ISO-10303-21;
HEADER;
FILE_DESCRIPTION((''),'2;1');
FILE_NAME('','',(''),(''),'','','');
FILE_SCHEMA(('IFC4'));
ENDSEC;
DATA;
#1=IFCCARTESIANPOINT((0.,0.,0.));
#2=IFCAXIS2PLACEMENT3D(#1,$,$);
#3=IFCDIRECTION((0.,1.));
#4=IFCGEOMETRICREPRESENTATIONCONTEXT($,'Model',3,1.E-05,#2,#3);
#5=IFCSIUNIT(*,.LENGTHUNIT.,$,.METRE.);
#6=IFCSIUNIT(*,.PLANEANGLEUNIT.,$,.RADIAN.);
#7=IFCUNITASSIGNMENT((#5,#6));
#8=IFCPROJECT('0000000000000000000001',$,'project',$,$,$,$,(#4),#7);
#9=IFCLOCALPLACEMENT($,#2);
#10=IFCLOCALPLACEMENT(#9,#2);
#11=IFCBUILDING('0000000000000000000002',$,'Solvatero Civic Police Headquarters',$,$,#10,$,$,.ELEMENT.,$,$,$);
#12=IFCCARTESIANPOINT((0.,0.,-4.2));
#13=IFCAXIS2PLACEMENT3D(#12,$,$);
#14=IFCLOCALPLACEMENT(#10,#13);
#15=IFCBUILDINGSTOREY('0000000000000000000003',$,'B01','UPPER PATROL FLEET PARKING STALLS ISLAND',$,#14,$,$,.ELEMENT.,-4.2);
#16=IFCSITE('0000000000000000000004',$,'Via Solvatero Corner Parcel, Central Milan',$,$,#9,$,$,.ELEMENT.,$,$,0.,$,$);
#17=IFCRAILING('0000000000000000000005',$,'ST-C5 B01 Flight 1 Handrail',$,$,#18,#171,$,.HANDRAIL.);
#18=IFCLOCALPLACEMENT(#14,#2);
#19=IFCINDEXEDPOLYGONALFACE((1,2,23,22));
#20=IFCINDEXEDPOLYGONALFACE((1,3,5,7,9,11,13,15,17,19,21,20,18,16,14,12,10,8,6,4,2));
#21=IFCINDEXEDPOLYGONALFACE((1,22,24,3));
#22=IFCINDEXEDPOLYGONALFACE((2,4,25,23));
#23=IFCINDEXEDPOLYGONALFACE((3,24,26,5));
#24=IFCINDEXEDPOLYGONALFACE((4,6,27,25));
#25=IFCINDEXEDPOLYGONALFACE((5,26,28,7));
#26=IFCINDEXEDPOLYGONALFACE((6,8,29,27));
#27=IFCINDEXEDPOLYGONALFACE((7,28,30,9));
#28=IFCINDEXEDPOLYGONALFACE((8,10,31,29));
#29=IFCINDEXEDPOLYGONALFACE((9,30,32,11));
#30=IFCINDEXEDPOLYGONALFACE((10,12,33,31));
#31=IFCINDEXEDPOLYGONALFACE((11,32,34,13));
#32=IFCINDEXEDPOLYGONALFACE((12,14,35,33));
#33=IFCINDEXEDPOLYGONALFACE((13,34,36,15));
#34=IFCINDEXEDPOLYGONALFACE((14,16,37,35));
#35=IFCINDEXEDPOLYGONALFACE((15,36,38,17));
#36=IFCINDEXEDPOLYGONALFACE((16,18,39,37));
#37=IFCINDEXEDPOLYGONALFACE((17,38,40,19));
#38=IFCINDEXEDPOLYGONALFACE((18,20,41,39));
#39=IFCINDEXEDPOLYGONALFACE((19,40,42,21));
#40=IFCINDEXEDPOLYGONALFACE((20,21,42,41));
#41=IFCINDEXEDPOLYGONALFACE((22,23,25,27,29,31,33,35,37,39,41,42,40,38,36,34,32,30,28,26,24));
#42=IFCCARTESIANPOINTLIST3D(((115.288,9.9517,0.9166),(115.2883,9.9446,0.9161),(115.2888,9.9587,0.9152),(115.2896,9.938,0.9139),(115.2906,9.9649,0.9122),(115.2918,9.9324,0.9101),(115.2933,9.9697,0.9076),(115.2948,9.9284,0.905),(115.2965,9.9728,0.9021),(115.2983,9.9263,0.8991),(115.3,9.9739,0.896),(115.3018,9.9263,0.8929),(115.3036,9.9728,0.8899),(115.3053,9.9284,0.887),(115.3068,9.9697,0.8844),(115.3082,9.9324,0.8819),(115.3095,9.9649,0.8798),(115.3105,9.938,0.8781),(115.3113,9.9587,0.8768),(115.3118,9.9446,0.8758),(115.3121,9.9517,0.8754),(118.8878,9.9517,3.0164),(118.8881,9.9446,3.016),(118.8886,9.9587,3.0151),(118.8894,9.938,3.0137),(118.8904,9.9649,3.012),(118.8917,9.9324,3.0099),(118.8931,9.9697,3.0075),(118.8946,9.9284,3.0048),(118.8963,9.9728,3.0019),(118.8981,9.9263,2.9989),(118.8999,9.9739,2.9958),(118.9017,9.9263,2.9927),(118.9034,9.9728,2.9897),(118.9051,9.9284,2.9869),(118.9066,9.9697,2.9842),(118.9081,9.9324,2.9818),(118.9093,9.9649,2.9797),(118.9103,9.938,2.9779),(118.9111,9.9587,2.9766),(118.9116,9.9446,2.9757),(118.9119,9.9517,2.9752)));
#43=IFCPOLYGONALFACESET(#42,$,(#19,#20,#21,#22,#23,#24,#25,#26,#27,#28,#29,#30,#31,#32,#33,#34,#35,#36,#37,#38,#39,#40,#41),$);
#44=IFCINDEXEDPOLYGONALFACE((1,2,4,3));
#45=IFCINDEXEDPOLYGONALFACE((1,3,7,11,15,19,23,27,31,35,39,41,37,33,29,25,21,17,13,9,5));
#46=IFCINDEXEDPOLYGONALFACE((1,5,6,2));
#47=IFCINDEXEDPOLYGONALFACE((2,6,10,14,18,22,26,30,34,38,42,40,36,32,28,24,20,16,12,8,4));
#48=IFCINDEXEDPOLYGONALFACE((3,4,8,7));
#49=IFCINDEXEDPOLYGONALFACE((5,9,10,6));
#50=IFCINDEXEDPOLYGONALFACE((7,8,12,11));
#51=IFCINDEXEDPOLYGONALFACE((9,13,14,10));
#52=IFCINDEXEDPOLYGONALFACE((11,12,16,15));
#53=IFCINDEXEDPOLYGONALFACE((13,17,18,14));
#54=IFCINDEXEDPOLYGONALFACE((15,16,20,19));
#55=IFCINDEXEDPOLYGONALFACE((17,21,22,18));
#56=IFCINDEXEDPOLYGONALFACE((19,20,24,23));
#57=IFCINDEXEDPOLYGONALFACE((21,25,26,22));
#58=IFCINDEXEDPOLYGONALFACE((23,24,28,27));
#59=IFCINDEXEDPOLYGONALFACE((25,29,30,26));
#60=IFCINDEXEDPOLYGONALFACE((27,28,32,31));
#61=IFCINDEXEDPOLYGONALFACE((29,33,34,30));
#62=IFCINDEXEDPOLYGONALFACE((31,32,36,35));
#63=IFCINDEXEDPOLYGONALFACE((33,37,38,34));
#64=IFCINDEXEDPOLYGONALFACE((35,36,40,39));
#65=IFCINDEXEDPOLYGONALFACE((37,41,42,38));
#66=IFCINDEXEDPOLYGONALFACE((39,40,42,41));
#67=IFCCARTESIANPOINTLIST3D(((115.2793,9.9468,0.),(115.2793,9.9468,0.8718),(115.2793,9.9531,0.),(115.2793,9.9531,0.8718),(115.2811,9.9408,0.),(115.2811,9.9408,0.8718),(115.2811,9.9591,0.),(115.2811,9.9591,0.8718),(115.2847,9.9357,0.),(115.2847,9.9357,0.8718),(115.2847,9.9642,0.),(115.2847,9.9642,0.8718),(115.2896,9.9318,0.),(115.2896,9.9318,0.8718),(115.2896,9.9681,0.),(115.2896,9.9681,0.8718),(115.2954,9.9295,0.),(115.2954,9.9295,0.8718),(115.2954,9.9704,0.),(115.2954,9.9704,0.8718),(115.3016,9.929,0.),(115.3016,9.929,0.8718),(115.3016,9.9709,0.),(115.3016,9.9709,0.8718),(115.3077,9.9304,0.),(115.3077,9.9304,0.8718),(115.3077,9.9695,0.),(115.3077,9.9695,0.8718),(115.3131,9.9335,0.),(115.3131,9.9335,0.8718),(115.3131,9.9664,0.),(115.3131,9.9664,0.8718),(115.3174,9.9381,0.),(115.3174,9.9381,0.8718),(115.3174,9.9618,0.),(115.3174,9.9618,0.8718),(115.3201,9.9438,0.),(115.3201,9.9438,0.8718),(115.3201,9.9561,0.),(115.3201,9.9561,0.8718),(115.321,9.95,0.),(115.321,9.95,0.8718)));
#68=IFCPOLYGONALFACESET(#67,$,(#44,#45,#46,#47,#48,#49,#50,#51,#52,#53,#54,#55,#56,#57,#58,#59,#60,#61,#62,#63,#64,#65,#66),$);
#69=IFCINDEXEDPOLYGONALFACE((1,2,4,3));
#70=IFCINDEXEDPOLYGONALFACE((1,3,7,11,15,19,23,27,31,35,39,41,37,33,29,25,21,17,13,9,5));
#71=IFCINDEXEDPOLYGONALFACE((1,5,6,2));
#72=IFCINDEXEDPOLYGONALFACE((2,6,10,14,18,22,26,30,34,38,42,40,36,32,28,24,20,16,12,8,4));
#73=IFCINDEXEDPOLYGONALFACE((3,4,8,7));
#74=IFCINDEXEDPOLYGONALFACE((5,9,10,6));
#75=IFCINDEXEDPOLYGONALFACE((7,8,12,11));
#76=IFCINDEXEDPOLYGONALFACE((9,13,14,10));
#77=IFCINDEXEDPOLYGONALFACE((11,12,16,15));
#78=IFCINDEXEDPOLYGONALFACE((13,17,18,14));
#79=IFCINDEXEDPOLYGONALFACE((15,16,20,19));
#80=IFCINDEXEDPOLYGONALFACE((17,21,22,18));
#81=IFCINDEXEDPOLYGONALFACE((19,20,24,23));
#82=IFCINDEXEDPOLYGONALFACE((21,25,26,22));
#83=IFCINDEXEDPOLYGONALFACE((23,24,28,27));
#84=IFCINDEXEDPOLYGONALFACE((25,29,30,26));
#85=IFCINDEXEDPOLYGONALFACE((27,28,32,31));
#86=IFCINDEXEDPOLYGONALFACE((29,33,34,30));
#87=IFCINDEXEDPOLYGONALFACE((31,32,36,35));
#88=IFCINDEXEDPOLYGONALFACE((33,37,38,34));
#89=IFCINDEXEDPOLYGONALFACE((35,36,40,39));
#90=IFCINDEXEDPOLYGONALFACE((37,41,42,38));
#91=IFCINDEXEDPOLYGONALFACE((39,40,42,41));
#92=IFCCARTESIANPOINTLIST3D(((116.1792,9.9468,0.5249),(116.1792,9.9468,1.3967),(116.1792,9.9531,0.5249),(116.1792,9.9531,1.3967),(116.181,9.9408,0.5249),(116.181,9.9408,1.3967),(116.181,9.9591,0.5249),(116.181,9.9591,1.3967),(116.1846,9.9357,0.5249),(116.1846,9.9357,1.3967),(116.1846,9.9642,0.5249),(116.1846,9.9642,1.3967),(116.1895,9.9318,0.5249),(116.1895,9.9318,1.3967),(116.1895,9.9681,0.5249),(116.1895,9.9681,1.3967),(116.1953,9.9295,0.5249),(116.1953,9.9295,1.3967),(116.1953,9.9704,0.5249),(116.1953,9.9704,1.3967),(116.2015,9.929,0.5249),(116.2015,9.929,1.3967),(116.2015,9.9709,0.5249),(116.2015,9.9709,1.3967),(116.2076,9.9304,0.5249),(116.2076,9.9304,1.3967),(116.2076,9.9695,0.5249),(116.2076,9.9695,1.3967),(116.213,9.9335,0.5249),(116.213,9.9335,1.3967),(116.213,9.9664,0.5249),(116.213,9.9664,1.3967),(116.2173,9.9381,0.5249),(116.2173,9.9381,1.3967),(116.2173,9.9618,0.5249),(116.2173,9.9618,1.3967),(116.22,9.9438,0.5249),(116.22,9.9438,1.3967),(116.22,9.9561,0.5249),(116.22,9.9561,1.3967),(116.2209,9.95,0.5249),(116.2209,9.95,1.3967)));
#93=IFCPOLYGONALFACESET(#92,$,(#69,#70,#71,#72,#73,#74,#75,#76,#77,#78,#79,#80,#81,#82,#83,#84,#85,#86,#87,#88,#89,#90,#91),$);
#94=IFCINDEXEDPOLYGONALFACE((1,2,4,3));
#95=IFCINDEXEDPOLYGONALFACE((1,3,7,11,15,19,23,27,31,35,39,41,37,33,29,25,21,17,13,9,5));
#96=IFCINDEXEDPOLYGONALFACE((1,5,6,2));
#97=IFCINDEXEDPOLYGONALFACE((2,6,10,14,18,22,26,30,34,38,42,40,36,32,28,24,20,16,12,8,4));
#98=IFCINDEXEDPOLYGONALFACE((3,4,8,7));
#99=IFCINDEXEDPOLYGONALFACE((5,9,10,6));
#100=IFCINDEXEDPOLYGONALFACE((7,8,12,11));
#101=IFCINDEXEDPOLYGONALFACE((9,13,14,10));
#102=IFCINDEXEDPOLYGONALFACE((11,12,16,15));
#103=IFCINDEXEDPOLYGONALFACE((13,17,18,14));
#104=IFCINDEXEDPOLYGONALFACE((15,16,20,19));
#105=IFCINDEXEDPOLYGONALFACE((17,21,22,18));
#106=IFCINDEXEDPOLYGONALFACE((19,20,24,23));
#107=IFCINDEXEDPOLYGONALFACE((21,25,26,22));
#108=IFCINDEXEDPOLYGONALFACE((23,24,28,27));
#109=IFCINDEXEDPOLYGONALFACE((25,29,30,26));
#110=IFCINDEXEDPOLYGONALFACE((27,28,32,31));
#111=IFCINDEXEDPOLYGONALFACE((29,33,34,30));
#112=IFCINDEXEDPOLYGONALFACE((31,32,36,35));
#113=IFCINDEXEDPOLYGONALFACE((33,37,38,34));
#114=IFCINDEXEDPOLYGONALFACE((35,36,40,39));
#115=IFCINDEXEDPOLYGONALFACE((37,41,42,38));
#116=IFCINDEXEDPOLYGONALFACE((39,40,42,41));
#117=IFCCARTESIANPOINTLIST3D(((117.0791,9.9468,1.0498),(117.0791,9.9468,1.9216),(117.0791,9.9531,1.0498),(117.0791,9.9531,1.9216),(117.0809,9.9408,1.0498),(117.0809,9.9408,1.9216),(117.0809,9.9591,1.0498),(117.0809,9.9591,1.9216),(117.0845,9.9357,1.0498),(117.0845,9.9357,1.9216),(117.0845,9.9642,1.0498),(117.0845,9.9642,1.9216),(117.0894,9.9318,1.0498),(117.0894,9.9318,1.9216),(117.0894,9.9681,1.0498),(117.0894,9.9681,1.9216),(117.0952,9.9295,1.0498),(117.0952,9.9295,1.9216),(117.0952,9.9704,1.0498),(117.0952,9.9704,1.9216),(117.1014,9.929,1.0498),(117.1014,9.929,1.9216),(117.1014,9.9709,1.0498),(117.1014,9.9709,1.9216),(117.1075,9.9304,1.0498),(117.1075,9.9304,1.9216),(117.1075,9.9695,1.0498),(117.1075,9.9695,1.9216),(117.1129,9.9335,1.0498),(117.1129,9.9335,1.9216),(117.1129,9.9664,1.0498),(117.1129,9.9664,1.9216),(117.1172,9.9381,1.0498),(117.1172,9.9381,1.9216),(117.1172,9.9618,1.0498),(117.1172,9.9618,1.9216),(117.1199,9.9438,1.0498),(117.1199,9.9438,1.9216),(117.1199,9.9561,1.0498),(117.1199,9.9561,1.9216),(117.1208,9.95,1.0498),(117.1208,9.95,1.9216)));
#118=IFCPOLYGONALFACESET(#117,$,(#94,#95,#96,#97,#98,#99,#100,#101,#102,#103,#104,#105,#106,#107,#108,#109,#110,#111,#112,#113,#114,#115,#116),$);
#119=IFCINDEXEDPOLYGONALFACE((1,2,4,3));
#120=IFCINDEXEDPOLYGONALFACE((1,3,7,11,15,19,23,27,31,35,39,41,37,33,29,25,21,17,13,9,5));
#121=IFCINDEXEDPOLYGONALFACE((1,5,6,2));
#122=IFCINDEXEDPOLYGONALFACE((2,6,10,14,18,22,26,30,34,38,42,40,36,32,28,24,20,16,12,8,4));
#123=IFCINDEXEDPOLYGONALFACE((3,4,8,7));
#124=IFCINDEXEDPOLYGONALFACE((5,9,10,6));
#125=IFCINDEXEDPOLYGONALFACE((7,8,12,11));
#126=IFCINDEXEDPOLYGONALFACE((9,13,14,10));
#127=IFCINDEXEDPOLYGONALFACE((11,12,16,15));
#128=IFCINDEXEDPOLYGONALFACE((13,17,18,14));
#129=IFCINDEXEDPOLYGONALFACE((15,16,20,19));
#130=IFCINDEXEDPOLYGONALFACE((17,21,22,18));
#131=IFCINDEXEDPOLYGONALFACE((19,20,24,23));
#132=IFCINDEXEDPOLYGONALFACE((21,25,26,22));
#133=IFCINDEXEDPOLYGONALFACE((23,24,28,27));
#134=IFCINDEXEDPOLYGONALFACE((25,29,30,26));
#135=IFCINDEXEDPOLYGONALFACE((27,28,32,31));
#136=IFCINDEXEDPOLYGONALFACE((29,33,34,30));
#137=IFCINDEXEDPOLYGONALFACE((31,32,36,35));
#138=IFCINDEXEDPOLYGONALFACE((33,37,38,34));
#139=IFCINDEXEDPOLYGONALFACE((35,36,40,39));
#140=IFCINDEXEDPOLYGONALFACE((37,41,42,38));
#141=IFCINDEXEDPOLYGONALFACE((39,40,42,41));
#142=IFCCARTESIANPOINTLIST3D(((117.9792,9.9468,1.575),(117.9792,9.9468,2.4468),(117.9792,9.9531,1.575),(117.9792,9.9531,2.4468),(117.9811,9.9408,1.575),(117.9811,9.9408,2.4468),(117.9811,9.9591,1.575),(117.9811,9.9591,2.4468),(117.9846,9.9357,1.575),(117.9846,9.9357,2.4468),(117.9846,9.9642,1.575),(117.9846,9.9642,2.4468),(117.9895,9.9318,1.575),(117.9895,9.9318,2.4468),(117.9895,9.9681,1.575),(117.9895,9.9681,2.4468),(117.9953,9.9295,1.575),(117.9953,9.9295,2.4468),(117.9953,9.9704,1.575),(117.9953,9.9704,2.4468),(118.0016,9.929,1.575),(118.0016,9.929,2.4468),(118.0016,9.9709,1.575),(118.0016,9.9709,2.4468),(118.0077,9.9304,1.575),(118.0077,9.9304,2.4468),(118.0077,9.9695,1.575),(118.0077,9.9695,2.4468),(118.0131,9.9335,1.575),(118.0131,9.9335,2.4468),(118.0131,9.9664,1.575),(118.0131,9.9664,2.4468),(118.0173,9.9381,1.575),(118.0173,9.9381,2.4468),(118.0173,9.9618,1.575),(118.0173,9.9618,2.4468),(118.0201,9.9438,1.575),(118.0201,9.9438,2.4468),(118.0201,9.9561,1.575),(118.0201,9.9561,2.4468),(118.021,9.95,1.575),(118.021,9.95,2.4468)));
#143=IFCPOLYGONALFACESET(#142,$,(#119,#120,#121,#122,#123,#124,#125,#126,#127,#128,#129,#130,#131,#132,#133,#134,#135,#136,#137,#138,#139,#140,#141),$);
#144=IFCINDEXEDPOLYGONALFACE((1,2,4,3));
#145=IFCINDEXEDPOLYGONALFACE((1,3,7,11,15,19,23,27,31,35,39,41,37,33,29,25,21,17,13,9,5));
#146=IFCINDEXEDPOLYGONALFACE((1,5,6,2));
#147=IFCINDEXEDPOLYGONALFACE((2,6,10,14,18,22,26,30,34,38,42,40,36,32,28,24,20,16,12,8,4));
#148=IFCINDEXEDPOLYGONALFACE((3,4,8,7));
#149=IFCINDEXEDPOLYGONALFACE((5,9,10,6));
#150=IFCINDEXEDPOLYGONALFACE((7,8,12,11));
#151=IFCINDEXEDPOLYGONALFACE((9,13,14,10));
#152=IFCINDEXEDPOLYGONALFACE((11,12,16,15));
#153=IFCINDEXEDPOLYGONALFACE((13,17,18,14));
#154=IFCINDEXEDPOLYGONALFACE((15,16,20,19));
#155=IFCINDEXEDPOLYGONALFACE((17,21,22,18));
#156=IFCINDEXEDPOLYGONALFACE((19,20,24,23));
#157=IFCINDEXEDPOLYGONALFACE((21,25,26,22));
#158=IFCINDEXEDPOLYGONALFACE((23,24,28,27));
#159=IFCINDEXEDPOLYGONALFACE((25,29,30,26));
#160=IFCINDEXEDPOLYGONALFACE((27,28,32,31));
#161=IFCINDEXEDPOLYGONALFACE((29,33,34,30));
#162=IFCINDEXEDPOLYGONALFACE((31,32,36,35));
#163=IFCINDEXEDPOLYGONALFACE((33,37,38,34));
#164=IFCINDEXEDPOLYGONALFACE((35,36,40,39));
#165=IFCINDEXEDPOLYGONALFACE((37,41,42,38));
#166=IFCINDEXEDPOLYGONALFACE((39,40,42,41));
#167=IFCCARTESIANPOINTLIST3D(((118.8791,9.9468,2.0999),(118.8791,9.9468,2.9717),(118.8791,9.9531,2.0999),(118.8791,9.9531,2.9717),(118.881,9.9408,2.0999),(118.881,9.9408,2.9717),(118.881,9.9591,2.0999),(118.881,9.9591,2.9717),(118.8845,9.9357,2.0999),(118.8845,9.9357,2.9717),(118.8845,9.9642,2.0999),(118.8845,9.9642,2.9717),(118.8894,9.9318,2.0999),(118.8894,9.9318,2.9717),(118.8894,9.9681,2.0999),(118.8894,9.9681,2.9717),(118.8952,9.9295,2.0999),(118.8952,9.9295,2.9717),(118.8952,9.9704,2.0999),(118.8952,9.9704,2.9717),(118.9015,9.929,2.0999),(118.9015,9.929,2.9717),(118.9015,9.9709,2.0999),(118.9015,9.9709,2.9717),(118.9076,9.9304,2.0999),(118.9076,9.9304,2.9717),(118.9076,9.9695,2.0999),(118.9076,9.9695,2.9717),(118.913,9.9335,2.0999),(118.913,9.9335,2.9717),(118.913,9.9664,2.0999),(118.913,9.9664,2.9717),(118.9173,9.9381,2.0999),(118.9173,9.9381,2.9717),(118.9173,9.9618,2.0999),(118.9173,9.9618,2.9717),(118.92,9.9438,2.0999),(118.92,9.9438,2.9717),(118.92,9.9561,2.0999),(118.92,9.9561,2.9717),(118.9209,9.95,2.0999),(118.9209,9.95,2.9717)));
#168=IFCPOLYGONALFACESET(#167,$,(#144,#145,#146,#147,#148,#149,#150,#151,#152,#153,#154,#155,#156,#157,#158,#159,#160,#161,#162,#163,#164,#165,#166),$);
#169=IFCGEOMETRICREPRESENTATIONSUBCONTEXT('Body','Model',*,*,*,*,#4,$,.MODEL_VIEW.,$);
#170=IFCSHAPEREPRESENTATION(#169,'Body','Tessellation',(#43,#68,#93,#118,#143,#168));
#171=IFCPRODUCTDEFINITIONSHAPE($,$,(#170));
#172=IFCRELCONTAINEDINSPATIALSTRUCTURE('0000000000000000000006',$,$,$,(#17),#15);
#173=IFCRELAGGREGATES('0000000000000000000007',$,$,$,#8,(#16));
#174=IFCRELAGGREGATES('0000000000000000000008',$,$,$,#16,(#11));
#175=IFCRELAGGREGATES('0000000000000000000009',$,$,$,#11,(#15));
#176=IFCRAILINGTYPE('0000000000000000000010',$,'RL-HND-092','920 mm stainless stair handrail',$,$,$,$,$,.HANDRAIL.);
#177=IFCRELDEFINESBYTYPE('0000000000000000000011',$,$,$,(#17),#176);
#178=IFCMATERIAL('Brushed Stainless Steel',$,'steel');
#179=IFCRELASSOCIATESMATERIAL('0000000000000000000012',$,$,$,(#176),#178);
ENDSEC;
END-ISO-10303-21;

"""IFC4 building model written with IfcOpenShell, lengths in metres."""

from ifc_helpers import new_model, si_unit, direction, frame, origin, origin_2d, place, context, subcontext, project, spatial, circle, extrude, material, type_object, element, save


model = new_model("IFC4")

# Units and contexts
model_context = context("Model", 3, precision=1e-05, world=origin(), true_north=direction((0.0, 1.0)))
body_context = subcontext(model_context, "Body", "Model", "MODEL_VIEW")
ifc_project = project(units=[si_unit("LENGTHUNIT", "METRE"), si_unit("PLANEANGLEUNIT", "RADIAN")], contexts=[model_context])

# Site, building, storey
site_placement = place(None, origin())
site = spatial("IfcSite", under=ifc_project, at=site_placement, Name="Via Solvatero Corner Parcel, Central Milan", CompositionType="ELEMENT", RefElevation=0.0)
building_placement = place(site_placement, origin())
building = spatial("IfcBuilding", under=site, at=building_placement, Name="Solvatero Civic Police Headquarters", CompositionType="ELEMENT")
storey_placement = place(building_placement, frame((0.0, 0.0, -4.2)))
storey = spatial("IfcBuildingStorey", under=building, at=storey_placement, Name="B01", Description="UPPER PATROL FLEET PARKING STALLS ISLAND", CompositionType="ELEMENT", Elevation=-4.2)

# Railing
ifc_material_1 = material(Name="Brushed Stainless Steel", Category="steel")
railing_type_1 = type_object("IfcRailingType", Name="RL-HND-092", Description="920 mm stainless stair handrail", PredefinedType="HANDRAIL", material=ifc_material_1)
railing_1_placement = place(storey_placement, frame((115.3, 9.95, 0.0)))
element("IfcRailing", 1, at=railing_1_placement, inside=storey, type_object=railing_type_1, Name="ST-C5 B01 Flight 1 Handrail", PredefinedType="HANDRAIL", context=body_context, shape_type="SweptSolid", body=[
    extrude(circle(Radius=0.0239, at=origin_2d()), frame((0.0, 0.0, 0.896), z_axis=(0.863785, 0.0, 0.50386), x_axis=(0.0, 1.0, 0.0)), (0.0, 0.0, 1.0), 4.1675),
    extrude(circle(Radius=0.021, at=origin_2d()), origin(), (0.0, 0.0, 1.0), 0.8718),
    extrude(circle(Radius=0.021, at=origin_2d()), frame((0.8999, 0.0, 0.5249)), (0.0, 0.0, 1.0), 0.8718),
    extrude(circle(Radius=0.021, at=origin_2d()), frame((1.7998, 0.0, 1.0498)), (0.0, 0.0, 1.0), 0.8718),
    extrude(circle(Radius=0.021, at=origin_2d()), frame((2.7, 0.0, 1.575)), (0.0, 0.0, 1.0), 0.8718),
    extrude(circle(Radius=0.021, at=origin_2d()), frame((3.5999, 0.0, 2.0999)), (0.0, 0.0, 1.0), 0.8718),
])

save(model, "model.ifc")
